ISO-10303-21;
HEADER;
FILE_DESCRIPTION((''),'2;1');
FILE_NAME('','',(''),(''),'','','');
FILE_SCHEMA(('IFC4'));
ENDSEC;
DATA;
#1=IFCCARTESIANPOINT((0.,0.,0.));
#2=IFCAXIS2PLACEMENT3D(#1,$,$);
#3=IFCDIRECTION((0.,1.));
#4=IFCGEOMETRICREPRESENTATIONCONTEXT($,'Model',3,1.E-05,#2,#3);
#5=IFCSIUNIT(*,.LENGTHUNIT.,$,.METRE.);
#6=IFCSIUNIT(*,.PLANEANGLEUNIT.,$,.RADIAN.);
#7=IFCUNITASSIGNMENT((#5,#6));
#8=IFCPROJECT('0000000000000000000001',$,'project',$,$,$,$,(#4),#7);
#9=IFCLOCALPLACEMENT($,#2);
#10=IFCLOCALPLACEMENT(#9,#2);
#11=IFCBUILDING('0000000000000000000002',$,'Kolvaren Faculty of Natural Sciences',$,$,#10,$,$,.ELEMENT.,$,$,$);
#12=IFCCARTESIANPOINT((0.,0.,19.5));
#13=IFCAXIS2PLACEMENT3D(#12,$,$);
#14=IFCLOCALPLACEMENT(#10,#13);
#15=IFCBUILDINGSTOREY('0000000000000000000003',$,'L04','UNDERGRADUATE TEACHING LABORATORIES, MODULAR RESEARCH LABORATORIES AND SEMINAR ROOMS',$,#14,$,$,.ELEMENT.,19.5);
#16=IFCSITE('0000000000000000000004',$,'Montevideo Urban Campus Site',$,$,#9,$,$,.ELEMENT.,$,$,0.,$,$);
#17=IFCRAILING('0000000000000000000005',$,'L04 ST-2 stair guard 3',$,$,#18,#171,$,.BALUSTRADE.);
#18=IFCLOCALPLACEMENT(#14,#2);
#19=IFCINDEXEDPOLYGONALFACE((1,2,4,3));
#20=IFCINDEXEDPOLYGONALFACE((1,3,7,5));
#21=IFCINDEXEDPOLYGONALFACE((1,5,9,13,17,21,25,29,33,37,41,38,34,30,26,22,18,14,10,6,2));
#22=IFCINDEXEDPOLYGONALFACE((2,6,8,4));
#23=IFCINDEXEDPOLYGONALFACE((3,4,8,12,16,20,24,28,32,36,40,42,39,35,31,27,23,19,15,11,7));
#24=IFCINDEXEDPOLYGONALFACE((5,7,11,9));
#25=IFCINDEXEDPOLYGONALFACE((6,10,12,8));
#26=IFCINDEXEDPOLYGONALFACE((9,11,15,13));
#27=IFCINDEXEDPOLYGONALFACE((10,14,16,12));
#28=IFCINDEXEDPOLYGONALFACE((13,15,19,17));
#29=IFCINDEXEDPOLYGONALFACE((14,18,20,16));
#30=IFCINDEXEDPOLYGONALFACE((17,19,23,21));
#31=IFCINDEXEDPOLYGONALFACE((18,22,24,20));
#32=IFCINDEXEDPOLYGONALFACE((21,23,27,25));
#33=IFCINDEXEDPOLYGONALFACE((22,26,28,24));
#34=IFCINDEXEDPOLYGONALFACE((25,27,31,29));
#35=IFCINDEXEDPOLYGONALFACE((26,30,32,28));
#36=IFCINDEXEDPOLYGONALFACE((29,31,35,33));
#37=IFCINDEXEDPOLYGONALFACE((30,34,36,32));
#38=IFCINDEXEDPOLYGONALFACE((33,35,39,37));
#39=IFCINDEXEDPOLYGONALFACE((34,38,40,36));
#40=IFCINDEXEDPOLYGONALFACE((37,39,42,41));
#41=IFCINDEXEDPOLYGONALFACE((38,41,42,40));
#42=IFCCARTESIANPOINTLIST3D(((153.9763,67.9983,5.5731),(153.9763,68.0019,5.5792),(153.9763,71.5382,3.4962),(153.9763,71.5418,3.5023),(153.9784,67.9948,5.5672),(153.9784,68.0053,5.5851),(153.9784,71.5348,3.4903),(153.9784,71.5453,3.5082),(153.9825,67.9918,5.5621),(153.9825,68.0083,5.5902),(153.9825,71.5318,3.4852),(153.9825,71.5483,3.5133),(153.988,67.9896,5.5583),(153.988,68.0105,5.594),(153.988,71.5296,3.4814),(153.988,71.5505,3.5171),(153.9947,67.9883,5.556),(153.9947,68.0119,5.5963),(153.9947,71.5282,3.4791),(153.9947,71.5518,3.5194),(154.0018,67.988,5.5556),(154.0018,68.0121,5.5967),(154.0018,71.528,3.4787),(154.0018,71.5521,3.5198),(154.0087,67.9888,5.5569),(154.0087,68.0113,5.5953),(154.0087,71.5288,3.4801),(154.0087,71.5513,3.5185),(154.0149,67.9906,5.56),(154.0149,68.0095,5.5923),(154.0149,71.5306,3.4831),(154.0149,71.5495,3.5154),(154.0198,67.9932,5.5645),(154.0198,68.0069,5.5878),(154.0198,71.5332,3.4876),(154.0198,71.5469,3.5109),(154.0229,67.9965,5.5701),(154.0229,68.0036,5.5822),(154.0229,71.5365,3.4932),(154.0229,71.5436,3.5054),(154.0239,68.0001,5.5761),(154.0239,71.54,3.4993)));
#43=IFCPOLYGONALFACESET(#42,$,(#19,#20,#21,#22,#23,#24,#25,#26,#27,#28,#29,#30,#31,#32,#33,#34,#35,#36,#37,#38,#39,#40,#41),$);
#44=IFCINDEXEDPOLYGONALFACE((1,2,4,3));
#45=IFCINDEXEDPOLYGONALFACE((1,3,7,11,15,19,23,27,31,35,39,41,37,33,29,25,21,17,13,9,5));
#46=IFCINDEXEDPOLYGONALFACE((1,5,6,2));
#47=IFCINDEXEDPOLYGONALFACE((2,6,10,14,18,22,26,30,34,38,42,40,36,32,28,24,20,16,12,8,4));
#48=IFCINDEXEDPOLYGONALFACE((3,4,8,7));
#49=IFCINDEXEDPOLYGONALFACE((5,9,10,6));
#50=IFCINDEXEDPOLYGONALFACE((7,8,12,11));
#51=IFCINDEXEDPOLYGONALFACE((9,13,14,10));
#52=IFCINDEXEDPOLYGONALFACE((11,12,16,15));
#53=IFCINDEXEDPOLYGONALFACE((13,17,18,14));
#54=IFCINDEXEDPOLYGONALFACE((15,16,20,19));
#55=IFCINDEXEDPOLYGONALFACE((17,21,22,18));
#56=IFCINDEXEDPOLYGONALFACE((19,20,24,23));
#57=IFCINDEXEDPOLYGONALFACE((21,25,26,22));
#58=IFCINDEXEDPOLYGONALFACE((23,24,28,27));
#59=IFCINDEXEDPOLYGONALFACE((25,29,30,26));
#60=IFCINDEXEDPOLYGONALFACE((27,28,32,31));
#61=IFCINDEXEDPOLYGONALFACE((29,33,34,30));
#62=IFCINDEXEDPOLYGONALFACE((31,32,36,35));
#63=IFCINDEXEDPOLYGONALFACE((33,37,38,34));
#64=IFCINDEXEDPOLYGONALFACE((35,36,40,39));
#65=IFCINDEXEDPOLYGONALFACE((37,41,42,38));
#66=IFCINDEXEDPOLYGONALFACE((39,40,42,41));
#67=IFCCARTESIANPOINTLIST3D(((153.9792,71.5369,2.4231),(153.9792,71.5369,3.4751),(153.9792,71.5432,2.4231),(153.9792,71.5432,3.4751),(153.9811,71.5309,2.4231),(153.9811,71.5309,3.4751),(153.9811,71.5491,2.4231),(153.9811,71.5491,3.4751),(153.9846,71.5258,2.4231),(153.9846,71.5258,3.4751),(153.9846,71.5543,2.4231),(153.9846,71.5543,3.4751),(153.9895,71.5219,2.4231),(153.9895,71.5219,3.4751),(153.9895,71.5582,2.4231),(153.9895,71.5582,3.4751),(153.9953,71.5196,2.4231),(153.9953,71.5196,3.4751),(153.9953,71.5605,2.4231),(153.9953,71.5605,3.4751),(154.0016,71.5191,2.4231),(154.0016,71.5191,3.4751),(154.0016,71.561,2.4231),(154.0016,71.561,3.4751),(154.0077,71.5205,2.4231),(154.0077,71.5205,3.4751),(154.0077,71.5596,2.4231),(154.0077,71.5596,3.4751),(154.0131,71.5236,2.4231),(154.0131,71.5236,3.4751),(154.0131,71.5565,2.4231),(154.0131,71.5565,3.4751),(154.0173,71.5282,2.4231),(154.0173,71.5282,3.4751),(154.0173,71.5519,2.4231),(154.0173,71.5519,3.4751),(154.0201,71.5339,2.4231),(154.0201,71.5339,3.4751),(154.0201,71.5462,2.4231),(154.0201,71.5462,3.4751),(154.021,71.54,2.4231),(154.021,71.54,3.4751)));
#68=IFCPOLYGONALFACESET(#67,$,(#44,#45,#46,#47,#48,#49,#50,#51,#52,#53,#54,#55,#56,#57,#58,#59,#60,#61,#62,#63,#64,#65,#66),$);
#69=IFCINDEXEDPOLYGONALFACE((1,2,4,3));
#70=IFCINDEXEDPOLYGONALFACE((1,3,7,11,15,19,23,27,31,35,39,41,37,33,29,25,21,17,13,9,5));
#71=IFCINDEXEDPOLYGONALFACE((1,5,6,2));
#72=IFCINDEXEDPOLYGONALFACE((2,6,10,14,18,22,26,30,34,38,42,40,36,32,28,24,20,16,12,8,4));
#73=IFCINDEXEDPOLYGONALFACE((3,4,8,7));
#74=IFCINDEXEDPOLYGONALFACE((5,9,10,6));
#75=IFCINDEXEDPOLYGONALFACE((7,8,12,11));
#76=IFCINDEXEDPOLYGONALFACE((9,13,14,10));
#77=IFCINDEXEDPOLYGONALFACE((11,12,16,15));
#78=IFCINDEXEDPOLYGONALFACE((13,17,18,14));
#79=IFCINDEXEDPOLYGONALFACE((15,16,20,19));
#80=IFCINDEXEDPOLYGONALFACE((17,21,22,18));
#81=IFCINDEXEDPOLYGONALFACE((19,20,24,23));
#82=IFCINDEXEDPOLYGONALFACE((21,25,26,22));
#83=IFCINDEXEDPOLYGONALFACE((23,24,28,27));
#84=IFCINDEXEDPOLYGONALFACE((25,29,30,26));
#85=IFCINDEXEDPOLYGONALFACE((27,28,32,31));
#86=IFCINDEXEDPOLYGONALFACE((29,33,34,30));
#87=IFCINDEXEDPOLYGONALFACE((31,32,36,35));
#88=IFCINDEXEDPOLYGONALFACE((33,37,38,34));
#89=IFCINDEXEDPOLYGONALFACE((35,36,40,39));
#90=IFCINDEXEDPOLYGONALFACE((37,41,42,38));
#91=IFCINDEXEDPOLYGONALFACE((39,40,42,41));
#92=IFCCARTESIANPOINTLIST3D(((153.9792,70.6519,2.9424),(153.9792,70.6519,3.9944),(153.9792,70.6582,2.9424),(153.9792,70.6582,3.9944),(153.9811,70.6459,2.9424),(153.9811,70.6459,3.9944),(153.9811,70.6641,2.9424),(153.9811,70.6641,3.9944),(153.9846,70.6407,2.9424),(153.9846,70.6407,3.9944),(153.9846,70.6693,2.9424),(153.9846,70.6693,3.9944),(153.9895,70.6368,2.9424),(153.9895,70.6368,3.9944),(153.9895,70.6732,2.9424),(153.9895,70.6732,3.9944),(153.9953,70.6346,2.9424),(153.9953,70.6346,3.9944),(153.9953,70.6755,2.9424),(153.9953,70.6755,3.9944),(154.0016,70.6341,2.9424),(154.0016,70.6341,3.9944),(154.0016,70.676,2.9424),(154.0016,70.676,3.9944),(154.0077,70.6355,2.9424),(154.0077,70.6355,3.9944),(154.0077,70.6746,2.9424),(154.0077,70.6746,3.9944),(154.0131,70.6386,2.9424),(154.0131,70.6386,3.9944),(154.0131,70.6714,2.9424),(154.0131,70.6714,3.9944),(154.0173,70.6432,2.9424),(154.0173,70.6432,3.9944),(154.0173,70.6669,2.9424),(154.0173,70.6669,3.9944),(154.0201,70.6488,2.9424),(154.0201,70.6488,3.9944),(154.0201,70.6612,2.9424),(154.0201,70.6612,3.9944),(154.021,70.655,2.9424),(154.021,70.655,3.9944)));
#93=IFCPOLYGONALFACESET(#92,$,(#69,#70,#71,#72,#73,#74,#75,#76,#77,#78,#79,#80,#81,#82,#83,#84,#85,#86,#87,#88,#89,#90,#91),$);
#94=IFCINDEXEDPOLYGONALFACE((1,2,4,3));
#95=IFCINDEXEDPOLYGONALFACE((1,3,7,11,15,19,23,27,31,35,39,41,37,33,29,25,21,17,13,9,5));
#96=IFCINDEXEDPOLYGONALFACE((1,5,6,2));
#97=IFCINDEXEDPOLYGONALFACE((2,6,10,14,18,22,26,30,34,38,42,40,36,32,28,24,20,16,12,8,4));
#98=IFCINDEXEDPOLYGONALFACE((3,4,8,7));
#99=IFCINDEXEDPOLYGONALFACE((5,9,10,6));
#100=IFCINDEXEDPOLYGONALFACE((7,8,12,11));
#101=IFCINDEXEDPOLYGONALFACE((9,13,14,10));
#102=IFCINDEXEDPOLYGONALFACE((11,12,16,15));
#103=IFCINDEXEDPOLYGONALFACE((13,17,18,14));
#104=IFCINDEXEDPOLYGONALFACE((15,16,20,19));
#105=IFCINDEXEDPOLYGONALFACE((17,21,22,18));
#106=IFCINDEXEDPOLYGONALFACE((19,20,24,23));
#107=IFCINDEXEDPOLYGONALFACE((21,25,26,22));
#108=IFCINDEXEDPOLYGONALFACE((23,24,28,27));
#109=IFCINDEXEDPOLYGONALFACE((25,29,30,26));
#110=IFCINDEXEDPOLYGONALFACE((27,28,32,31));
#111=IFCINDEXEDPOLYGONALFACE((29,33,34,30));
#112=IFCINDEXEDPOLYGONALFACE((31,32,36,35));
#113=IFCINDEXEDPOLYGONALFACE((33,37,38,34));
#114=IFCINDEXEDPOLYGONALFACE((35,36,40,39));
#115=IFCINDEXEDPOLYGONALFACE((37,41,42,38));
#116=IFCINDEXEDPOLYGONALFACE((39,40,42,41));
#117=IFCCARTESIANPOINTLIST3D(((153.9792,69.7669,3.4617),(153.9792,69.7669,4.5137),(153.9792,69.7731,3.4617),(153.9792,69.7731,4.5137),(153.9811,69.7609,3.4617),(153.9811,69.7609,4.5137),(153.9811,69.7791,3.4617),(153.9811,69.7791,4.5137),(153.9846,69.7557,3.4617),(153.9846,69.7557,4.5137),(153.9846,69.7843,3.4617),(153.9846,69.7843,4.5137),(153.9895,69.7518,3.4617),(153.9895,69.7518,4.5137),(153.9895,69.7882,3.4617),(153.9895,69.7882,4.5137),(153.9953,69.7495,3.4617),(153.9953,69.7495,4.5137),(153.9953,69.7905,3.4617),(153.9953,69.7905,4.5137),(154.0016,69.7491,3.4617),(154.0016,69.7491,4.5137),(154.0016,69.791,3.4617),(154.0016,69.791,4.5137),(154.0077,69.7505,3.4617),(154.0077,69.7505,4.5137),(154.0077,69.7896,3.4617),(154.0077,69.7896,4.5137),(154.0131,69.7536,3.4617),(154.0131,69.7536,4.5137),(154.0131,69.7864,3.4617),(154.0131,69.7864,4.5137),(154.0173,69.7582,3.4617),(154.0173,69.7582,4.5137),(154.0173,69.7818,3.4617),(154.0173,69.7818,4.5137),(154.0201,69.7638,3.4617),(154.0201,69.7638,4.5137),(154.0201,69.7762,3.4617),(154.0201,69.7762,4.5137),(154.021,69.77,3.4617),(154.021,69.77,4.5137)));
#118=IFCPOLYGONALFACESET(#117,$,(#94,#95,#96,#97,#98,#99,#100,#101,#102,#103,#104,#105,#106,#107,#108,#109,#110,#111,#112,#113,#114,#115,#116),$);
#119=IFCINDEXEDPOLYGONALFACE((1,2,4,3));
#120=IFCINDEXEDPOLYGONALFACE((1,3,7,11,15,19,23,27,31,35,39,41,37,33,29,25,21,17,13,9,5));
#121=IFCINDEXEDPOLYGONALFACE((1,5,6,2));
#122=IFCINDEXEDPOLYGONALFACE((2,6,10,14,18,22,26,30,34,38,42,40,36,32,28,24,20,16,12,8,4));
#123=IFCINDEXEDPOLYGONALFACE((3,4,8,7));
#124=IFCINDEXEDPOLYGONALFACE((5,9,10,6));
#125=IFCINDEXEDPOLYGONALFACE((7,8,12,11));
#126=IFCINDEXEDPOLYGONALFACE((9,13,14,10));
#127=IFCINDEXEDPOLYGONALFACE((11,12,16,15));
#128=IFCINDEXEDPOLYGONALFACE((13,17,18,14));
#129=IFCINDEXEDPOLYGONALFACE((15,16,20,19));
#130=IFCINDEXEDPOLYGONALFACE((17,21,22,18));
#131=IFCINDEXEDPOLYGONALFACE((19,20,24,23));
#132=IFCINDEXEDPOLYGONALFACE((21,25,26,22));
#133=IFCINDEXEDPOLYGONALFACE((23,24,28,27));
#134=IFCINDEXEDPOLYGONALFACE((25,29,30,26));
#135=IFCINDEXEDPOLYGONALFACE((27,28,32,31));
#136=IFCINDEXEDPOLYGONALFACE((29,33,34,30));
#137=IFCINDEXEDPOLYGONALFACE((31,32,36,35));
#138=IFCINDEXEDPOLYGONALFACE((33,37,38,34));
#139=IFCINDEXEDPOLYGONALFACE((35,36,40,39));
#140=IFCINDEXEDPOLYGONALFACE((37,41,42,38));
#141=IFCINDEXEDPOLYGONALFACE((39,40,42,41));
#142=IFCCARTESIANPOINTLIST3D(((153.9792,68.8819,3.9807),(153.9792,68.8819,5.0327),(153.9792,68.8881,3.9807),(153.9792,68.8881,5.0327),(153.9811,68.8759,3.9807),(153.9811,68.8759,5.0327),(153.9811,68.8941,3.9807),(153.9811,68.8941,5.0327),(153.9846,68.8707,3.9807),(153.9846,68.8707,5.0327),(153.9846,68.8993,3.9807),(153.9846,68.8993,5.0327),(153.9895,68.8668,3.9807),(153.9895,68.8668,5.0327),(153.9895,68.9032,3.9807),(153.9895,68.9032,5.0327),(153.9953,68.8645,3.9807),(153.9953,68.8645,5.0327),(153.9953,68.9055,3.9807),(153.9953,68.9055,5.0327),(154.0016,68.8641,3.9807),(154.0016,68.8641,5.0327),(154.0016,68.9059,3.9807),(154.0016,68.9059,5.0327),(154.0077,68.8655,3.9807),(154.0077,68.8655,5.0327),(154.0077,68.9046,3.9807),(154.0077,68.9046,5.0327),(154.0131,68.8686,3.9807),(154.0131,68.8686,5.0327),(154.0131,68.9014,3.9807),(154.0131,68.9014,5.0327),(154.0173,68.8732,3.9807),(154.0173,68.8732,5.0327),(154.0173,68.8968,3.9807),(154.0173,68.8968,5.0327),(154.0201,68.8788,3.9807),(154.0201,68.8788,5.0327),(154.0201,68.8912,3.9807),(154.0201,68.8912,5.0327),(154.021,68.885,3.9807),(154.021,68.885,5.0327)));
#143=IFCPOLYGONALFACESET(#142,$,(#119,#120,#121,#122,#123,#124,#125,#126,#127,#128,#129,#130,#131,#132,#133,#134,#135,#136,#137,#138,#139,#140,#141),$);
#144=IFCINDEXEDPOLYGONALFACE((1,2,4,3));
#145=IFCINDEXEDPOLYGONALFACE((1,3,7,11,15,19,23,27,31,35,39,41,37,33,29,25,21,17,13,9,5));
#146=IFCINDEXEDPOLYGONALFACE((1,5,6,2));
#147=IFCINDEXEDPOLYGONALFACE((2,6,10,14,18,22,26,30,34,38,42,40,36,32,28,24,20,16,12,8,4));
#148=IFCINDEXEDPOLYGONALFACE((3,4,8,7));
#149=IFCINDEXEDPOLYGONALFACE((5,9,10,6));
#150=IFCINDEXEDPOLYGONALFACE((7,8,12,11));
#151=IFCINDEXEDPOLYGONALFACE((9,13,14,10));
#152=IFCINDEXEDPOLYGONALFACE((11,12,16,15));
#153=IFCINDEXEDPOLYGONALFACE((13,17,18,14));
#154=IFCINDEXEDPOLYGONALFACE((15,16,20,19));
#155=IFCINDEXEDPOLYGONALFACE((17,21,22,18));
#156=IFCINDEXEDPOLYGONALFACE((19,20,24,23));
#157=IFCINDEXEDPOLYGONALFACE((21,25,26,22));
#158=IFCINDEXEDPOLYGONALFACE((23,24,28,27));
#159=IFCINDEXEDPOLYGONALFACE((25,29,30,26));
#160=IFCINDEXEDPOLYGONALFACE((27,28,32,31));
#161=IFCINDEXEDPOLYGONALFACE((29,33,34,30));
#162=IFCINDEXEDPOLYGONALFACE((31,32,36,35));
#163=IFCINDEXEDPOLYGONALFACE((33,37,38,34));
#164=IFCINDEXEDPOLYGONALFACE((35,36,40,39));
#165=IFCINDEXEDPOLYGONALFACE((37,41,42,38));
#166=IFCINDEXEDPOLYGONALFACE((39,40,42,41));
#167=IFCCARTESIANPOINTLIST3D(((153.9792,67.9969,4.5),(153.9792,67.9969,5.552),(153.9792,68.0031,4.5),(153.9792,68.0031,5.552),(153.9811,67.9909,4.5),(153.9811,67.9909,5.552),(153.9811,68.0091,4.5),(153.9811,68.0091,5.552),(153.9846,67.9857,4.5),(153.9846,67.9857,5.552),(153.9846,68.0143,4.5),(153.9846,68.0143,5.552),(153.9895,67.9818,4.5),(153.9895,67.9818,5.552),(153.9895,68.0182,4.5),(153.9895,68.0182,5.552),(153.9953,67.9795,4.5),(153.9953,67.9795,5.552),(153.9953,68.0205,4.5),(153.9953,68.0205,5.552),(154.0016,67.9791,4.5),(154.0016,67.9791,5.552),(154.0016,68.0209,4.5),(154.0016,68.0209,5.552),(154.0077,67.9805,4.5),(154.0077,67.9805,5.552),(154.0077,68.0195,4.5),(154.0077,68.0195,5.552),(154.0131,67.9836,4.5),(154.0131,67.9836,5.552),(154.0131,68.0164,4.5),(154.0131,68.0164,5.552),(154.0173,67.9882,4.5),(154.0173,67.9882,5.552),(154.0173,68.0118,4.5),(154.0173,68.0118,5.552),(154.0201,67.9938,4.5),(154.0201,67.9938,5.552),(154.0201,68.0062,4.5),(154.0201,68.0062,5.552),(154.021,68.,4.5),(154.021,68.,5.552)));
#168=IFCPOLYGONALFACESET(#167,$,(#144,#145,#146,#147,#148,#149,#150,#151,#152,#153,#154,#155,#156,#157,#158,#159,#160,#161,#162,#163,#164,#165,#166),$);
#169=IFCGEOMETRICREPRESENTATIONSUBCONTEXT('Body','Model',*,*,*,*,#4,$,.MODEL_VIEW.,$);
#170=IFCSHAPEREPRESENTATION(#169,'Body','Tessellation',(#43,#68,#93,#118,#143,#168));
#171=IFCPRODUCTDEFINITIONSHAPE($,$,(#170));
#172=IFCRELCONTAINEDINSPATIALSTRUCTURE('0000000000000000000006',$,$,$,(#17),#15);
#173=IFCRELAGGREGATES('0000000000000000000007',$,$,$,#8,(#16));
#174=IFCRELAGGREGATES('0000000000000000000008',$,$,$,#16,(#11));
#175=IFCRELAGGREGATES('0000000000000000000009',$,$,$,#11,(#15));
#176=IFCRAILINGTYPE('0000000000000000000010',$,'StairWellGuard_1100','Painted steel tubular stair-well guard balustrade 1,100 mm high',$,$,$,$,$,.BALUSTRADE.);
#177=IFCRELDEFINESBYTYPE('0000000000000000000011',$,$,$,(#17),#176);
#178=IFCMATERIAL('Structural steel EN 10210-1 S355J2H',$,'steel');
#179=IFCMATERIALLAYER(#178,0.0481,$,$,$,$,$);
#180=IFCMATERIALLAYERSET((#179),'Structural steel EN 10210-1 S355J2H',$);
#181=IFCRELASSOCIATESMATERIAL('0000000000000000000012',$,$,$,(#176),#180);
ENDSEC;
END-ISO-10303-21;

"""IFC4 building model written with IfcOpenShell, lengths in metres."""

from ifc_helpers import new_model, si_unit, direction, frame, origin, origin_2d, place, context, subcontext, project, spatial, circle, extrude, material, layer, layer_set, type_object, element, save


model = new_model("IFC4")

# Units and contexts
model_context = context("Model", 3, precision=1e-05, world=origin(), true_north=direction((0.0, 1.0)))
body_context = subcontext(model_context, "Body", "Model", "MODEL_VIEW")
ifc_project = project(units=[si_unit("LENGTHUNIT", "METRE"), si_unit("PLANEANGLEUNIT", "RADIAN")], contexts=[model_context])

# Site, building, storey
site_placement = place(None, origin())
site = spatial("IfcSite", under=ifc_project, at=site_placement, Name="Montevideo Urban Campus Site", CompositionType="ELEMENT", RefElevation=0.0)
building_placement = place(site_placement, origin())
building = spatial("IfcBuilding", under=site, at=building_placement, Name="Kolvaren Faculty of Natural Sciences", CompositionType="ELEMENT")
storey_placement = place(building_placement, frame((0.0, 0.0, 19.5)))
storey = spatial("IfcBuildingStorey", under=building, at=storey_placement, Name="L04", Description="UNDERGRADUATE TEACHING LABORATORIES, MODULAR RESEARCH LABORATORIES AND SEMINAR ROOMS", CompositionType="ELEMENT", Elevation=19.5)

# Railing
ifc_material_1 = material(Name="Structural steel EN 10210-1 S355J2H", Category="steel")
ifc_layer_1 = layer(ifc_material_1, 0.0481)
ifc_layer_set_1 = layer_set([ifc_layer_1], Name="Structural steel EN 10210-1 S355J2H")
railing_type_1 = type_object("IfcRailingType", Name="StairWellGuard_1100", Description="Painted steel tubular stair-well guard balustrade 1,100 mm high", PredefinedType="BALUSTRADE", material=ifc_layer_set_1)
railing_1_placement = place(storey_placement, frame((154.0, 71.54, 2.4231)))
element("IfcRailing", 1, at=railing_1_placement, inside=storey, type_object=railing_type_1, Name="L04 ST-2 stair guard 3", PredefinedType="BALUSTRADE", context=body_context, shape_type="SweptSolid", body=[
    extrude(circle(Radius=0.0239, at=origin_2d()), frame((0.0, 0.0, 1.0762), z_axis=(0.0, -0.862516, 0.506029), x_axis=(1.0, 0.0, 0.0)), (0.0, 0.0, 1.0), 4.1042),
    extrude(circle(Radius=0.021, at=origin_2d()), origin(), (0.0, 0.0, 1.0), 1.052),
    extrude(circle(Radius=0.021, at=origin_2d()), frame((0.0, -0.885, 0.5193)), (0.0, 0.0, 1.0), 1.052),
    extrude(circle(Radius=0.021, at=origin_2d()), frame((0.0, -1.77, 1.0386)), (0.0, 0.0, 1.0), 1.052),
    extrude(circle(Radius=0.021, at=origin_2d()), frame((0.0, -2.655, 1.5576)), (0.0, 0.0, 1.0), 1.052),
    extrude(circle(Radius=0.021, at=origin_2d()), frame((0.0, -3.54, 2.0769)), (0.0, 0.0, 1.0), 1.052),
])

save(model, "model.ifc")
